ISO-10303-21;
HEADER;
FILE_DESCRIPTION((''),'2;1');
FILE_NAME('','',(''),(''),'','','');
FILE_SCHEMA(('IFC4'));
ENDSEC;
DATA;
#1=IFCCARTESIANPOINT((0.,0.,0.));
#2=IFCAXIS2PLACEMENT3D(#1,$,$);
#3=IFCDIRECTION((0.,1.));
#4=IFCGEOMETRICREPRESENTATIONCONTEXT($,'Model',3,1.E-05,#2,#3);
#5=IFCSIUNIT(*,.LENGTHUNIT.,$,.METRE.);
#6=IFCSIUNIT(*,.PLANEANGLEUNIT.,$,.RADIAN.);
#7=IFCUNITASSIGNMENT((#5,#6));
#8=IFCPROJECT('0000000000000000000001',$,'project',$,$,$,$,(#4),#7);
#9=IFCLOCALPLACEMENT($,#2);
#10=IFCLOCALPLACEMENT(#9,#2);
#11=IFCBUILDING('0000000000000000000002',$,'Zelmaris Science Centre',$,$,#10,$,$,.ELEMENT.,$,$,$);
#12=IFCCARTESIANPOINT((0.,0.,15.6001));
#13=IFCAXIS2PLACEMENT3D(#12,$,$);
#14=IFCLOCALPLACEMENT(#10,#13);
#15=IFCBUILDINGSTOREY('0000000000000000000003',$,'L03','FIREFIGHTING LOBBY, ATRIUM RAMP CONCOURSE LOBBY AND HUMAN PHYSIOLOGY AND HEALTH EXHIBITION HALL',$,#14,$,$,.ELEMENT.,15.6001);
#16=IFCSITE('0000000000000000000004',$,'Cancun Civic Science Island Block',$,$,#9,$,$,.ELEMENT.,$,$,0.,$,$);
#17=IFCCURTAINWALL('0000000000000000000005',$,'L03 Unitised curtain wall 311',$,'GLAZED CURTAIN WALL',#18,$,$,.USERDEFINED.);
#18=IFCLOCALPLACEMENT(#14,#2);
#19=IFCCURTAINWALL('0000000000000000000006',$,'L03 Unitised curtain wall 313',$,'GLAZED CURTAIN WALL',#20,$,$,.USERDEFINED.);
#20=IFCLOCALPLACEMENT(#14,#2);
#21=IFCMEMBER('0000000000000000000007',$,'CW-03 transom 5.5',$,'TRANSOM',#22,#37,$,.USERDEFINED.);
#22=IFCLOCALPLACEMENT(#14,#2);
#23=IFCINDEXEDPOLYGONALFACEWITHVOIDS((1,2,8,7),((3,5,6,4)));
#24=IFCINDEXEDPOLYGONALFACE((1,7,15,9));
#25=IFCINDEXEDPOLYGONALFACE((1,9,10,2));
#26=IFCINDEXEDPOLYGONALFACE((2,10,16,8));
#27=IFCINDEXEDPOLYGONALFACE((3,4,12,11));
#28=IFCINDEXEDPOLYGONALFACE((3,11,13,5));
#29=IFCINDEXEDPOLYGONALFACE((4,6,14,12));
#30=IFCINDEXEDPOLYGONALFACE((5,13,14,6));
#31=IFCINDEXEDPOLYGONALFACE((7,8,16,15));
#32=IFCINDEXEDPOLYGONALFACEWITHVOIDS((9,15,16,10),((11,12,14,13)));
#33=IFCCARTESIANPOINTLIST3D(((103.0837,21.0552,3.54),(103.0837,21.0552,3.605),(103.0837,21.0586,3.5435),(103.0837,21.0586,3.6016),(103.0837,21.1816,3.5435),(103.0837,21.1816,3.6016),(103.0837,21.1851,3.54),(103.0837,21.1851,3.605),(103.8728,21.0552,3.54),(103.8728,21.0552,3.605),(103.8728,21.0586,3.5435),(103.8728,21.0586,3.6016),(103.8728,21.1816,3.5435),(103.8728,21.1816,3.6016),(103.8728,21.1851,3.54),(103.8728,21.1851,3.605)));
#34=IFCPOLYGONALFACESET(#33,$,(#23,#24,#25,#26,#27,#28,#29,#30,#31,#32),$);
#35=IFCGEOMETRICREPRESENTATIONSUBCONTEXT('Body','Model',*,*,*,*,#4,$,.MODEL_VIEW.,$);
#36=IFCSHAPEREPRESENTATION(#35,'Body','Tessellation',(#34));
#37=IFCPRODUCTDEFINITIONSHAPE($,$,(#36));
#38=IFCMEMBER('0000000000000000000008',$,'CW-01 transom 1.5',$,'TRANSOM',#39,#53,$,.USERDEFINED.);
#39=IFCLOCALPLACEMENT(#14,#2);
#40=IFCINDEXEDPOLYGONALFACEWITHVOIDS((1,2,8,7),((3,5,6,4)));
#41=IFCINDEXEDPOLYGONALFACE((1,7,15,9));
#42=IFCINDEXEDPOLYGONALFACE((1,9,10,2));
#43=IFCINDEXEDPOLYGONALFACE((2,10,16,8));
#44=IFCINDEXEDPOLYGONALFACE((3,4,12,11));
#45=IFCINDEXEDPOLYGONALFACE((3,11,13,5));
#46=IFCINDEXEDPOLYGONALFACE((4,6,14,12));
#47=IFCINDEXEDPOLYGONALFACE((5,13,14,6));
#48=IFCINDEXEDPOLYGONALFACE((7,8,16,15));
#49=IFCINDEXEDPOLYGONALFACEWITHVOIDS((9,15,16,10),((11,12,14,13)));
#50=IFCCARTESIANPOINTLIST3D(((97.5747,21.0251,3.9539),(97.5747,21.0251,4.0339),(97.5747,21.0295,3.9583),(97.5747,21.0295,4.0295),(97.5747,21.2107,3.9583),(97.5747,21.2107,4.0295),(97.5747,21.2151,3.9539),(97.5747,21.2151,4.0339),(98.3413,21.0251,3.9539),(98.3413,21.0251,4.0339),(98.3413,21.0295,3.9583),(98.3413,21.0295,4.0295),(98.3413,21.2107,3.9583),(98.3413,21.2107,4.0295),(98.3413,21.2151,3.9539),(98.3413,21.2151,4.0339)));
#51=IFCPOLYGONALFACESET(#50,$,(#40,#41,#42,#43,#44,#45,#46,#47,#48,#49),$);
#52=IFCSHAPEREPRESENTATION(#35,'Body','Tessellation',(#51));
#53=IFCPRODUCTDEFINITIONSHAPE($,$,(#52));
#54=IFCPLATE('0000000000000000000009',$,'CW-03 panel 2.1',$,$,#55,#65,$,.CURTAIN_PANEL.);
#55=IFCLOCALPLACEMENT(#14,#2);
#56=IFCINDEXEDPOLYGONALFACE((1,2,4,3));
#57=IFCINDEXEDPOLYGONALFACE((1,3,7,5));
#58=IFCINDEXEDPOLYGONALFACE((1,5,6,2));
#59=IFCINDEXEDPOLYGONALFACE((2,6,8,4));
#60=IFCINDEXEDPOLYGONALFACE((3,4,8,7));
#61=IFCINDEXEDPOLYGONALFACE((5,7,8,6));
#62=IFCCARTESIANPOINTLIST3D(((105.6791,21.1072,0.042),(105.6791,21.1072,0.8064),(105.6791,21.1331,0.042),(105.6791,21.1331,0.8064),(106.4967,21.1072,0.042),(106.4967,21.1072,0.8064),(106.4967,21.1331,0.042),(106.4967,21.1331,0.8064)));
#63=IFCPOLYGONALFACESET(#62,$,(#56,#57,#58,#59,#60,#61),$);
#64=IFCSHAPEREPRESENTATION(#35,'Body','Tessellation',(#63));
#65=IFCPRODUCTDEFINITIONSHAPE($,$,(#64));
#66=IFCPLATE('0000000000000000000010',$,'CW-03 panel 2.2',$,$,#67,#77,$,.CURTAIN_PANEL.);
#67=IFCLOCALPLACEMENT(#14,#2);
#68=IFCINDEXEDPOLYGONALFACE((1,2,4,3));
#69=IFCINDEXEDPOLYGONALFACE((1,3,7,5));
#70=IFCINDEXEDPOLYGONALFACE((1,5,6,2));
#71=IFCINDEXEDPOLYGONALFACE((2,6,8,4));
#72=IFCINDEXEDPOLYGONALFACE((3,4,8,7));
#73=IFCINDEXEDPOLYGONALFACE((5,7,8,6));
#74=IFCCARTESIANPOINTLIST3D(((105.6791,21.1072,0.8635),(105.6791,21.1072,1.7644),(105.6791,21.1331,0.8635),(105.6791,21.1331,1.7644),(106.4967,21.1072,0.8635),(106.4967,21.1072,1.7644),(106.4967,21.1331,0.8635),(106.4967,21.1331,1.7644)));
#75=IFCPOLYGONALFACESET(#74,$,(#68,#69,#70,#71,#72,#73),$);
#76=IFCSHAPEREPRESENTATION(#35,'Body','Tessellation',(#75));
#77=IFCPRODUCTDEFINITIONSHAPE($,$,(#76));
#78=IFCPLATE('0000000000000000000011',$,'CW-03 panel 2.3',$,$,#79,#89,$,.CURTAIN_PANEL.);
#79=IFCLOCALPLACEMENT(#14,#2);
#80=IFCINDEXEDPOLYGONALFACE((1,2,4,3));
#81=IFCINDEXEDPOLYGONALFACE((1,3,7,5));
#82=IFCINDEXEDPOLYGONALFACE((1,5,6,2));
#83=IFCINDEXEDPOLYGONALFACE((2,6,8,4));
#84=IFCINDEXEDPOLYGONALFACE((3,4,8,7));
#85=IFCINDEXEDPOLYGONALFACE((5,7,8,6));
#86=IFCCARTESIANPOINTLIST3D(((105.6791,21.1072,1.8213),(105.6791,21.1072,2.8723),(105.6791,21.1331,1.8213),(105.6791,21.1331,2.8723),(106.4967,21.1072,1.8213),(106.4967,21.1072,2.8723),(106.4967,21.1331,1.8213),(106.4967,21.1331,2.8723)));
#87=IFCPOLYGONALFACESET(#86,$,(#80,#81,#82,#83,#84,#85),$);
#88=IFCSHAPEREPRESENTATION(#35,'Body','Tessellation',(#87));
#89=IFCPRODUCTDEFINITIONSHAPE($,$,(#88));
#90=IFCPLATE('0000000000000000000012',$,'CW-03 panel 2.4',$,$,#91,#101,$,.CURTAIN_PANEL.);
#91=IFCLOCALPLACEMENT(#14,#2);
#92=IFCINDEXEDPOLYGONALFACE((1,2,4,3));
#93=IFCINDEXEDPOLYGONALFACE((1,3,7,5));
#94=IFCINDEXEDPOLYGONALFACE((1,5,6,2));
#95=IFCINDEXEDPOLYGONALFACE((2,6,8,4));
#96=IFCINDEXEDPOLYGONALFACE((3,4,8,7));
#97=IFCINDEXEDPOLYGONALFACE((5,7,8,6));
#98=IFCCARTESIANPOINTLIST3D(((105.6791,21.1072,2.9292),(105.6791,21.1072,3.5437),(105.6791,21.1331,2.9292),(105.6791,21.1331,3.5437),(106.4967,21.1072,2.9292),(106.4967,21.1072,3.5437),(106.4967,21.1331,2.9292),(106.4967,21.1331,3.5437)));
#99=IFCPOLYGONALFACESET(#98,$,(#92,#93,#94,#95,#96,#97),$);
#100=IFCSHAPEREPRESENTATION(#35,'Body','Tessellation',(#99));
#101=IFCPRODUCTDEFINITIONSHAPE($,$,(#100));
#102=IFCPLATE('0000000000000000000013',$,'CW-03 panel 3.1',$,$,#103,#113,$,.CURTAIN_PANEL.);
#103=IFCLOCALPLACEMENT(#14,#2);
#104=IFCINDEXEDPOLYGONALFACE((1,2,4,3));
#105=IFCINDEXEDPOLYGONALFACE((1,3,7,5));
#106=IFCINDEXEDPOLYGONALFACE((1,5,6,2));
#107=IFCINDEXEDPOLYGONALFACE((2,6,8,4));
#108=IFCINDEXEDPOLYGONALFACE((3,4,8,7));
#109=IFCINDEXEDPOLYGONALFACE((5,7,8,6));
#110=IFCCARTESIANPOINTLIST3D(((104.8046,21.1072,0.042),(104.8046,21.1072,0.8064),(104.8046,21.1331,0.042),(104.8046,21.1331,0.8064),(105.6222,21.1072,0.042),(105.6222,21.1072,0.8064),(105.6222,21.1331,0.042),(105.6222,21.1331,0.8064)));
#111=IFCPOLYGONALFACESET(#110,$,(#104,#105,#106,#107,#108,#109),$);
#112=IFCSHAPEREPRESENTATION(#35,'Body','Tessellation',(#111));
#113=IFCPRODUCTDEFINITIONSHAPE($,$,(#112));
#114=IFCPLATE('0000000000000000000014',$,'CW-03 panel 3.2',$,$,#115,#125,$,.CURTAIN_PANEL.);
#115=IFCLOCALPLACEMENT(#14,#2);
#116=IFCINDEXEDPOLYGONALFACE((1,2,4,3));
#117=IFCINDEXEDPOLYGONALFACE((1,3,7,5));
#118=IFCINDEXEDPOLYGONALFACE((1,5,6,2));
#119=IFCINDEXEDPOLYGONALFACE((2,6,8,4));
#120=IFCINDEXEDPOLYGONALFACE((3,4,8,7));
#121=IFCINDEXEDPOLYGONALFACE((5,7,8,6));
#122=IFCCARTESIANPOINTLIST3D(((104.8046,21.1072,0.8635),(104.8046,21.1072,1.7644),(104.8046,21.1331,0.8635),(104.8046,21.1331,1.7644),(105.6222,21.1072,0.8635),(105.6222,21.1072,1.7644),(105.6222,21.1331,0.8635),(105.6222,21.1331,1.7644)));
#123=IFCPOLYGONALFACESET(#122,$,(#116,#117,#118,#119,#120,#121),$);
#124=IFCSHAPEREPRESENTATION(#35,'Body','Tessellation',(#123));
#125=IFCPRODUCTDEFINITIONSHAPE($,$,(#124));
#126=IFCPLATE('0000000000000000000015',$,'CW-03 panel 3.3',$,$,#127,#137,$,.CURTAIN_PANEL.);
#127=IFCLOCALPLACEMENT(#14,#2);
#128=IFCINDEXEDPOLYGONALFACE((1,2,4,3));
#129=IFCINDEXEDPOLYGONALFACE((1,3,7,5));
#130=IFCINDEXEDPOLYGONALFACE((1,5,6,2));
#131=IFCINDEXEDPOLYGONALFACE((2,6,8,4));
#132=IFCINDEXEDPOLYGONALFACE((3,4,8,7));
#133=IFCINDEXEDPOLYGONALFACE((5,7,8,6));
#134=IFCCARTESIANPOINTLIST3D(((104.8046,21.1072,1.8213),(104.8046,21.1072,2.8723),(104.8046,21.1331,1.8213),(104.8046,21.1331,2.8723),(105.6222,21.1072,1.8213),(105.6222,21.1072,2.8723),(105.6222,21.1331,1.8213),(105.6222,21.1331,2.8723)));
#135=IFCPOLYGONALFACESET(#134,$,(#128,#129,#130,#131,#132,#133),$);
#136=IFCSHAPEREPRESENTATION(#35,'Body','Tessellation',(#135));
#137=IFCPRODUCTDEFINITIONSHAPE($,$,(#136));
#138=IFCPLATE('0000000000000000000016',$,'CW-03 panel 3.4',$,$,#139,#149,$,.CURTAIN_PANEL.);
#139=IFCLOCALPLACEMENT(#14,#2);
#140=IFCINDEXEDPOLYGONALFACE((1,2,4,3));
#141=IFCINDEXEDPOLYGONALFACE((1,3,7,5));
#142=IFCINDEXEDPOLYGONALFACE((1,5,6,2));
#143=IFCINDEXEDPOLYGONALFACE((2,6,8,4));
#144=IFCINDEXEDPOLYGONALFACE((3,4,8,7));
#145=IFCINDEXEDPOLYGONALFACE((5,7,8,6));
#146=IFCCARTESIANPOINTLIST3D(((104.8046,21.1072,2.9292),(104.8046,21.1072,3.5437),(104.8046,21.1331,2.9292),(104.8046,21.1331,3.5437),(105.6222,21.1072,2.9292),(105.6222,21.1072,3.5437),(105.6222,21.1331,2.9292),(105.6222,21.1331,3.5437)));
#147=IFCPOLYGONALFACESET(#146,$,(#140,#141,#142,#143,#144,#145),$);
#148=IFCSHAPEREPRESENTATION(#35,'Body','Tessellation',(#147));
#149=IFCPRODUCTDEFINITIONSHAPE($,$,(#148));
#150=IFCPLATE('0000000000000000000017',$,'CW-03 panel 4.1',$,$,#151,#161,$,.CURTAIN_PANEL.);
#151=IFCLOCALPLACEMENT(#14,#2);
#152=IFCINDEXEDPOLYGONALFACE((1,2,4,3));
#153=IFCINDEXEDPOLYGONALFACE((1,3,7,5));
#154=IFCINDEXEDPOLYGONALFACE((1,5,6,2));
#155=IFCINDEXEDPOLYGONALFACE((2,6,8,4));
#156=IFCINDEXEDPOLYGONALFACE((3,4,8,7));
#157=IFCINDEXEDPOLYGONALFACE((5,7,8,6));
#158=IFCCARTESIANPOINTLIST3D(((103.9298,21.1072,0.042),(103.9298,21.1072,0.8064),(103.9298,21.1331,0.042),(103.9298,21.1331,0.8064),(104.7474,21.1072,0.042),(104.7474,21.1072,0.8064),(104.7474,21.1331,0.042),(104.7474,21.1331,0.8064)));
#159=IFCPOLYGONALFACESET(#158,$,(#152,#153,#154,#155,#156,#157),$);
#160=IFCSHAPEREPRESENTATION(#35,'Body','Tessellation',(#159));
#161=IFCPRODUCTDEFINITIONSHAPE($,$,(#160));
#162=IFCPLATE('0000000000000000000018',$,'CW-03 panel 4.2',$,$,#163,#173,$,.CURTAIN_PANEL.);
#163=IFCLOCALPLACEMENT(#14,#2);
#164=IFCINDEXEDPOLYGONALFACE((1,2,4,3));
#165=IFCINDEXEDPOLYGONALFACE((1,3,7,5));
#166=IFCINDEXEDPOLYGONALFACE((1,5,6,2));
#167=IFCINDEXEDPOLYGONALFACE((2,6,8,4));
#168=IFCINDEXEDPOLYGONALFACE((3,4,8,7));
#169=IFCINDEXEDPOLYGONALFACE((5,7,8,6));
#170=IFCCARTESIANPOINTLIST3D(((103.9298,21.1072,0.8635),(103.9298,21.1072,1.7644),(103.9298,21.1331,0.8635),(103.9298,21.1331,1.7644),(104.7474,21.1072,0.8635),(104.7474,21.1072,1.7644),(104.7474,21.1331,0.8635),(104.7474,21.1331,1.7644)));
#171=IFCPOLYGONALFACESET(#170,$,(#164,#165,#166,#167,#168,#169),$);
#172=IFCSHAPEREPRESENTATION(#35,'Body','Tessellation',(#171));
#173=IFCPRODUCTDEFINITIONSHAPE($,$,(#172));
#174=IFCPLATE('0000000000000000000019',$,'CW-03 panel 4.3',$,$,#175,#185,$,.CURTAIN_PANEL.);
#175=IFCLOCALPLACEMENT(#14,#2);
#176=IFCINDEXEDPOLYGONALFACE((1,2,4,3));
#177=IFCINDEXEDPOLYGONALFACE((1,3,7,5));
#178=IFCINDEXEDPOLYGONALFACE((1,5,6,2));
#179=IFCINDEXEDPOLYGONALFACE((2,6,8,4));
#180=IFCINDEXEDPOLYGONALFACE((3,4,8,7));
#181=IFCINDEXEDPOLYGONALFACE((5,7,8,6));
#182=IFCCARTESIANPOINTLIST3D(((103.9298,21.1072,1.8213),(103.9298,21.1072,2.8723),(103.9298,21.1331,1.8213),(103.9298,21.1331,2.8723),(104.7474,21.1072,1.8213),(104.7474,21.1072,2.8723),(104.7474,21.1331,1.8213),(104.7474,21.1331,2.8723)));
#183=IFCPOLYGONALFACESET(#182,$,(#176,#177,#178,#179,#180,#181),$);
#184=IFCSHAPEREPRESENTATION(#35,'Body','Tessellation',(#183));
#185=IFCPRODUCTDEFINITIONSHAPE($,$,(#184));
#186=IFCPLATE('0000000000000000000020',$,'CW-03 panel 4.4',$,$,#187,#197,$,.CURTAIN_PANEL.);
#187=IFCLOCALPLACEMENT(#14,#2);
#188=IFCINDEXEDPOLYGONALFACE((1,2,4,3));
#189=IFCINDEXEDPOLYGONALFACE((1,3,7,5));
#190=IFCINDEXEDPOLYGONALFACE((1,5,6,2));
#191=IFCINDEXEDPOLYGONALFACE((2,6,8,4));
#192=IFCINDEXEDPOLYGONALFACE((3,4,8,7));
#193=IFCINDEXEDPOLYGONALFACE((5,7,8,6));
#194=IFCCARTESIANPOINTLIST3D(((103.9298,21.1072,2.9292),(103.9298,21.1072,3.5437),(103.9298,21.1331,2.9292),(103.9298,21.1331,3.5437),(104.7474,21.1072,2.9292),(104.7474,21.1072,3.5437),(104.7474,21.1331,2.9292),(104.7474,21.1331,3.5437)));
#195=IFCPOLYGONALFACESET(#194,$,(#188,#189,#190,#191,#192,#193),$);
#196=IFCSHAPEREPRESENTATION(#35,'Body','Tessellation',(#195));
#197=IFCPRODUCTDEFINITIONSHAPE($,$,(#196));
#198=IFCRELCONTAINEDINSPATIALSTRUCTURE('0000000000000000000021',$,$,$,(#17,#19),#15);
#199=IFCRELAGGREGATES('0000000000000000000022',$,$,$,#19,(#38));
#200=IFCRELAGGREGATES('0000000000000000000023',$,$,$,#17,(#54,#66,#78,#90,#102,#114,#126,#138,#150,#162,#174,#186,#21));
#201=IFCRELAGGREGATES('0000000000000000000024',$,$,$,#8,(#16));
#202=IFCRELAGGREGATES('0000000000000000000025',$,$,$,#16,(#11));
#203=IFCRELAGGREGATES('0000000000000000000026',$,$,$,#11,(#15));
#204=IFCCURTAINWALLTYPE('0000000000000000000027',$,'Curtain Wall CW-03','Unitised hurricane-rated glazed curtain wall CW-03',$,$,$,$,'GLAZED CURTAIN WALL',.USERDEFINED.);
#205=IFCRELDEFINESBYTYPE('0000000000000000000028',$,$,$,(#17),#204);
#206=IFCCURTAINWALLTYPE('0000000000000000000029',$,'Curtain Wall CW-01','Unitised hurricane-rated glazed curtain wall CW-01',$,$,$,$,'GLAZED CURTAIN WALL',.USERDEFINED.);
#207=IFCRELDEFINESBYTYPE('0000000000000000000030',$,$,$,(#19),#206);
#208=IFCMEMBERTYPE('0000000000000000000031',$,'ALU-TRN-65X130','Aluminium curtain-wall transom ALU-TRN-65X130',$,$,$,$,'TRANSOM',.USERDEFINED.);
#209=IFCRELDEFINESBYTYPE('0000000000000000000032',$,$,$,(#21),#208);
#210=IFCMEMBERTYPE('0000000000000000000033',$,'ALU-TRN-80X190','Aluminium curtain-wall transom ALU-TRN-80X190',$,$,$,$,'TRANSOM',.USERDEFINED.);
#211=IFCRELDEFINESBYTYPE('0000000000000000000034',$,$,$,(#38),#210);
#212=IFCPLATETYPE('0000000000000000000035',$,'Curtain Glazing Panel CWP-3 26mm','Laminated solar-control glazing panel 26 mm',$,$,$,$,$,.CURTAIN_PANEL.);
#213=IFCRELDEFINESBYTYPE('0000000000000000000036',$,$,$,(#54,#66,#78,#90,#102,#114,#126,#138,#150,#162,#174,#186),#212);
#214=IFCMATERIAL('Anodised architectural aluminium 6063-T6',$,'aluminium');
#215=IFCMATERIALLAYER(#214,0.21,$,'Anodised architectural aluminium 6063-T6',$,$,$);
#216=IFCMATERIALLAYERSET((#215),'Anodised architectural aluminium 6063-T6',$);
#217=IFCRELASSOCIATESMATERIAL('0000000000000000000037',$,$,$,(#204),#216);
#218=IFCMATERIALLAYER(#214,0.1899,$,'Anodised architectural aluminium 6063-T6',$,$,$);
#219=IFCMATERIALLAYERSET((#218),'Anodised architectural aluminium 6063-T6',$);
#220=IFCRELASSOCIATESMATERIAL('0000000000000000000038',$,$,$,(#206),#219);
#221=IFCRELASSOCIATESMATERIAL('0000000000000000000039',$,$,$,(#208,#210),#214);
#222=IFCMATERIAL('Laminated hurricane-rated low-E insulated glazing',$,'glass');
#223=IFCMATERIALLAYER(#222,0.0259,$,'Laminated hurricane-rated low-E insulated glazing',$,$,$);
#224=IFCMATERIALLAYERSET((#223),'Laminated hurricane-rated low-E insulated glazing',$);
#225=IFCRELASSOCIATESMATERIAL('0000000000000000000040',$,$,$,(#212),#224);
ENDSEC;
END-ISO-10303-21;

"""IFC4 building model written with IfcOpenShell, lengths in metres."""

from ifc_helpers import new_model, si_unit, direction, frame, origin, origin_2d, place, context, subcontext, project, spatial, rectangle, hollow_rectangle, extrude, material, layer, layer_set, material_profile, profile_set, type_object, element, aggregate, save


model = new_model("IFC4")

# Units and contexts
model_context = context("Model", 3, precision=1e-05, world=origin(), true_north=direction((0.0, 1.0)))
body_context = subcontext(model_context, "Body", "Model", "MODEL_VIEW")
ifc_project = project(units=[si_unit("LENGTHUNIT", "METRE"), si_unit("PLANEANGLEUNIT", "RADIAN")], contexts=[model_context])

# Site, building, storey
site_placement = place(None, origin())
site = spatial("IfcSite", under=ifc_project, at=site_placement, Name="Cancun Civic Science Island Block", CompositionType="ELEMENT", RefElevation=0.0)
building_placement = place(site_placement, origin())
building = spatial("IfcBuilding", under=site, at=building_placement, Name="Zelmaris Science Centre", CompositionType="ELEMENT")
storey_placement = place(building_placement, frame((0.0, 0.0, 15.6001)))
storey = spatial("IfcBuildingStorey", under=building, at=storey_placement, Name="L03", Description="FIREFIGHTING LOBBY, ATRIUM RAMP CONCOURSE LOBBY AND HUMAN PHYSIOLOGY AND HEALTH EXHIBITION HALL", CompositionType="ELEMENT", Elevation=15.6001)

# Curtain wall
ifc_material_1 = material(Name="Anodised architectural aluminium 6063-T6", Category="aluminium")
ifc_layer_1 = layer(ifc_material_1, 0.21, Name="Anodised architectural aluminium 6063-T6")
ifc_layer_set_1 = layer_set([ifc_layer_1], Name="Anodised architectural aluminium 6063-T6")
curtain_wall_type_1 = type_object("IfcCurtainWallType", Name="Curtain Wall CW-03", Description="Unitised hurricane-rated glazed curtain wall CW-03", ElementType="GLAZED CURTAIN WALL", PredefinedType="USERDEFINED", material=ifc_layer_set_1)
curtain_wall_1_placement = place(storey_placement, origin())
curtain_wall_1 = element("IfcCurtainWall", 1, at=curtain_wall_1_placement, inside=storey, type_object=curtain_wall_type_1, Name="L03 Unitised curtain wall 311", ObjectType="GLAZED CURTAIN WALL", PredefinedType="USERDEFINED")

# Curtain wall
ifc_layer_2 = layer(ifc_material_1, 0.1899, Name="Anodised architectural aluminium 6063-T6")
ifc_layer_set_2 = layer_set([ifc_layer_2], Name="Anodised architectural aluminium 6063-T6")
curtain_wall_type_2 = type_object("IfcCurtainWallType", Name="Curtain Wall CW-01", Description="Unitised hurricane-rated glazed curtain wall CW-01", ElementType="GLAZED CURTAIN WALL", PredefinedType="USERDEFINED", material=ifc_layer_set_2)
curtain_wall_2_placement = place(storey_placement, origin())
curtain_wall_2 = element("IfcCurtainWall", 2, at=curtain_wall_2_placement, inside=storey, type_object=curtain_wall_type_2, Name="L03 Unitised curtain wall 313", ObjectType="GLAZED CURTAIN WALL", PredefinedType="USERDEFINED")

# Members
ifc_material_profile_1 = material_profile(ifc_material_1, hollow_rectangle(XDim=0.0649, YDim=0.1299, WallThickness=0.0034, at=origin_2d()), Name="ALU-TRN-65X130")
ifc_profile_set_1 = profile_set([ifc_material_profile_1], Name="Anodised architectural aluminium 6063-T6")
member_type_1 = type_object("IfcMemberType", Name="ALU-TRN-65X130", Description="Aluminium curtain-wall transom ALU-TRN-65X130", ElementType="TRANSOM", PredefinedType="USERDEFINED", material=ifc_profile_set_1)
member_1_placement = place(storey_placement, frame((103.8728, 21.1201, 3.5725), z_axis=(-1.0, 0.0, 0.0), x_axis=(0.0, 0.0, 1.0)))
member_1 = element("IfcMember", 3, at=member_1_placement, type_object=member_type_1, Name="CW-03 transom 5.5", ObjectType="TRANSOM", PredefinedType="USERDEFINED", context=body_context, shape_type="SweptSolid", body=[
    extrude(hollow_rectangle(XDim=0.0649, YDim=0.1299, WallThickness=0.0034, at=origin_2d()), origin(), (0.0, 0.0, 1.0), 0.7891),
])
ifc_material_profile_2 = material_profile(ifc_material_1, hollow_rectangle(XDim=0.0801, YDim=0.1899, WallThickness=0.0044, at=origin_2d()), Name="ALU-TRN-80X190")
ifc_profile_set_2 = profile_set([ifc_material_profile_2], Name="Anodised architectural aluminium 6063-T6")
member_type_2 = type_object("IfcMemberType", Name="ALU-TRN-80X190", Description="Aluminium curtain-wall transom ALU-TRN-80X190", ElementType="TRANSOM", PredefinedType="USERDEFINED", material=ifc_profile_set_2)
member_2_placement = place(storey_placement, frame((98.3413, 21.1201, 3.9939), z_axis=(-1.0, 0.0, 0.0), x_axis=(0.0, 0.0, 1.0)))
member_2 = element("IfcMember", 4, at=member_2_placement, type_object=member_type_2, Name="CW-01 transom 1.5", ObjectType="TRANSOM", PredefinedType="USERDEFINED", context=body_context, shape_type="SweptSolid", body=[
    extrude(hollow_rectangle(XDim=0.0801, YDim=0.1899, WallThickness=0.0044, at=origin_2d()), origin(), (0.0, 0.0, 1.0), 0.7666),
])
aggregate(curtain_wall_2, [member_2])

# Plates
ifc_material_2 = material(Name="Laminated hurricane-rated low-E insulated glazing", Category="glass")
ifc_layer_3 = layer(ifc_material_2, 0.0259, Name="Laminated hurricane-rated low-E insulated glazing")
ifc_layer_set_3 = layer_set([ifc_layer_3], Name="Laminated hurricane-rated low-E insulated glazing")
plate_type = type_object("IfcPlateType", Name="Curtain Glazing Panel CWP-3 26mm", Description="Laminated solar-control glazing panel 26 mm", PredefinedType="CURTAIN_PANEL", material=ifc_layer_set_3)
plate_1_placement = place(storey_placement, frame((106.0879, 21.1201, 0.042), z_axis=(0.0, 0.0, 1.0), x_axis=(-1.0, 0.0, 0.0)))
plate_1 = element("IfcPlate", 5, at=plate_1_placement, type_object=plate_type, Name="CW-03 panel 2.1", PredefinedType="CURTAIN_PANEL", context=body_context, shape_type="SweptSolid", body=[
    extrude(rectangle(XDim=0.8176, YDim=0.0259, at=origin_2d()), origin(), (0.0, 0.0, 1.0), 0.7644),
])
plate_2_placement = place(storey_placement, frame((106.0879, 21.1201, 0.8635), z_axis=(0.0, 0.0, 1.0), x_axis=(-1.0, 0.0, 0.0)))
plate_2 = element("IfcPlate", 6, at=plate_2_placement, type_object=plate_type, Name="CW-03 panel 2.2", PredefinedType="CURTAIN_PANEL", context=body_context, shape_type="SweptSolid", body=[
    extrude(rectangle(XDim=0.8176, YDim=0.0259, at=origin_2d()), origin(), (0.0, 0.0, 1.0), 0.9009),
])
plate_3_placement = place(storey_placement, frame((106.0879, 21.1201, 1.8213), z_axis=(0.0, 0.0, 1.0), x_axis=(-1.0, 0.0, 0.0)))
plate_3 = element("IfcPlate", 7, at=plate_3_placement, type_object=plate_type, Name="CW-03 panel 2.3", PredefinedType="CURTAIN_PANEL", context=body_context, shape_type="SweptSolid", body=[
    extrude(rectangle(XDim=0.8176, YDim=0.0259, at=origin_2d()), origin(), (0.0, 0.0, 1.0), 1.051),
])
plate_4_placement = place(storey_placement, frame((106.0879, 21.1201, 2.9292), z_axis=(0.0, 0.0, 1.0), x_axis=(-1.0, 0.0, 0.0)))
plate_4 = element("IfcPlate", 8, at=plate_4_placement, type_object=plate_type, Name="CW-03 panel 2.4", PredefinedType="CURTAIN_PANEL", context=body_context, shape_type="SweptSolid", body=[
    extrude(rectangle(XDim=0.8176, YDim=0.0259, at=origin_2d()), origin(), (0.0, 0.0, 1.0), 0.6145),
])
plate_5_placement = place(storey_placement, frame((105.2134, 21.1201, 0.042), z_axis=(0.0, 0.0, 1.0), x_axis=(-1.0, 0.0, 0.0)))
plate_5 = element("IfcPlate", 9, at=plate_5_placement, type_object=plate_type, Name="CW-03 panel 3.1", PredefinedType="CURTAIN_PANEL", context=body_context, shape_type="SweptSolid", body=[
    extrude(rectangle(XDim=0.8176, YDim=0.0259, at=origin_2d()), origin(), (0.0, 0.0, 1.0), 0.7644),
])
plate_6_placement = place(storey_placement, frame((105.2134, 21.1201, 0.8635), z_axis=(0.0, 0.0, 1.0), x_axis=(-1.0, 0.0, 0.0)))
plate_6 = element("IfcPlate", 10, at=plate_6_placement, type_object=plate_type, Name="CW-03 panel 3.2", PredefinedType="CURTAIN_PANEL", context=body_context, shape_type="SweptSolid", body=[
    extrude(rectangle(XDim=0.8176, YDim=0.0259, at=origin_2d()), origin(), (0.0, 0.0, 1.0), 0.9009),
])
plate_7_placement = place(storey_placement, frame((105.2134, 21.1201, 1.8213), z_axis=(0.0, 0.0, 1.0), x_axis=(-1.0, 0.0, 0.0)))
plate_7 = element("IfcPlate", 11, at=plate_7_placement, type_object=plate_type, Name="CW-03 panel 3.3", PredefinedType="CURTAIN_PANEL", context=body_context, shape_type="SweptSolid", body=[
    extrude(rectangle(XDim=0.8176, YDim=0.0259, at=origin_2d()), origin(), (0.0, 0.0, 1.0), 1.051),
])
plate_8_placement = place(storey_placement, frame((105.2134, 21.1201, 2.9292), z_axis=(0.0, 0.0, 1.0), x_axis=(-1.0, 0.0, 0.0)))
plate_8 = element("IfcPlate", 12, at=plate_8_placement, type_object=plate_type, Name="CW-03 panel 3.4", PredefinedType="CURTAIN_PANEL", context=body_context, shape_type="SweptSolid", body=[
    extrude(rectangle(XDim=0.8176, YDim=0.0259, at=origin_2d()), origin(), (0.0, 0.0, 1.0), 0.6145),
])
plate_9_placement = place(storey_placement, frame((104.3386, 21.1201, 0.042), z_axis=(0.0, 0.0, 1.0), x_axis=(-1.0, 0.0, 0.0)))
plate_9 = element("IfcPlate", 13, at=plate_9_placement, type_object=plate_type, Name="CW-03 panel 4.1", PredefinedType="CURTAIN_PANEL", context=body_context, shape_type="SweptSolid", body=[
    extrude(rectangle(XDim=0.8176, YDim=0.0259, at=origin_2d()), origin(), (0.0, 0.0, 1.0), 0.7644),
])
plate_10_placement = place(storey_placement, frame((104.3386, 21.1201, 0.8635), z_axis=(0.0, 0.0, 1.0), x_axis=(-1.0, 0.0, 0.0)))
plate_10 = element("IfcPlate", 14, at=plate_10_placement, type_object=plate_type, Name="CW-03 panel 4.2", PredefinedType="CURTAIN_PANEL", context=body_context, shape_type="SweptSolid", body=[
    extrude(rectangle(XDim=0.8176, YDim=0.0259, at=origin_2d()), origin(), (0.0, 0.0, 1.0), 0.9009),
])
plate_11_placement = place(storey_placement, frame((104.3386, 21.1201, 1.8213), z_axis=(0.0, 0.0, 1.0), x_axis=(-1.0, 0.0, 0.0)))
plate_11 = element("IfcPlate", 15, at=plate_11_placement, type_object=plate_type, Name="CW-03 panel 4.3", PredefinedType="CURTAIN_PANEL", context=body_context, shape_type="SweptSolid", body=[
    extrude(rectangle(XDim=0.8176, YDim=0.0259, at=origin_2d()), origin(), (0.0, 0.0, 1.0), 1.051),
])
plate_12_placement = place(storey_placement, frame((104.3386, 21.1201, 2.9292), z_axis=(0.0, 0.0, 1.0), x_axis=(-1.0, 0.0, 0.0)))
plate_12 = element("IfcPlate", 16, at=plate_12_placement, type_object=plate_type, Name="CW-03 panel 4.4", PredefinedType="CURTAIN_PANEL", context=body_context, shape_type="SweptSolid", body=[
    extrude(rectangle(XDim=0.8176, YDim=0.0259, at=origin_2d()), origin(), (0.0, 0.0, 1.0), 0.6145),
])
aggregate(curtain_wall_1, [plate_1, plate_2, plate_3, plate_4, plate_5, plate_6, plate_7, plate_8, plate_9, plate_10, plate_11, plate_12, member_1])

save(model, "model.ifc")
